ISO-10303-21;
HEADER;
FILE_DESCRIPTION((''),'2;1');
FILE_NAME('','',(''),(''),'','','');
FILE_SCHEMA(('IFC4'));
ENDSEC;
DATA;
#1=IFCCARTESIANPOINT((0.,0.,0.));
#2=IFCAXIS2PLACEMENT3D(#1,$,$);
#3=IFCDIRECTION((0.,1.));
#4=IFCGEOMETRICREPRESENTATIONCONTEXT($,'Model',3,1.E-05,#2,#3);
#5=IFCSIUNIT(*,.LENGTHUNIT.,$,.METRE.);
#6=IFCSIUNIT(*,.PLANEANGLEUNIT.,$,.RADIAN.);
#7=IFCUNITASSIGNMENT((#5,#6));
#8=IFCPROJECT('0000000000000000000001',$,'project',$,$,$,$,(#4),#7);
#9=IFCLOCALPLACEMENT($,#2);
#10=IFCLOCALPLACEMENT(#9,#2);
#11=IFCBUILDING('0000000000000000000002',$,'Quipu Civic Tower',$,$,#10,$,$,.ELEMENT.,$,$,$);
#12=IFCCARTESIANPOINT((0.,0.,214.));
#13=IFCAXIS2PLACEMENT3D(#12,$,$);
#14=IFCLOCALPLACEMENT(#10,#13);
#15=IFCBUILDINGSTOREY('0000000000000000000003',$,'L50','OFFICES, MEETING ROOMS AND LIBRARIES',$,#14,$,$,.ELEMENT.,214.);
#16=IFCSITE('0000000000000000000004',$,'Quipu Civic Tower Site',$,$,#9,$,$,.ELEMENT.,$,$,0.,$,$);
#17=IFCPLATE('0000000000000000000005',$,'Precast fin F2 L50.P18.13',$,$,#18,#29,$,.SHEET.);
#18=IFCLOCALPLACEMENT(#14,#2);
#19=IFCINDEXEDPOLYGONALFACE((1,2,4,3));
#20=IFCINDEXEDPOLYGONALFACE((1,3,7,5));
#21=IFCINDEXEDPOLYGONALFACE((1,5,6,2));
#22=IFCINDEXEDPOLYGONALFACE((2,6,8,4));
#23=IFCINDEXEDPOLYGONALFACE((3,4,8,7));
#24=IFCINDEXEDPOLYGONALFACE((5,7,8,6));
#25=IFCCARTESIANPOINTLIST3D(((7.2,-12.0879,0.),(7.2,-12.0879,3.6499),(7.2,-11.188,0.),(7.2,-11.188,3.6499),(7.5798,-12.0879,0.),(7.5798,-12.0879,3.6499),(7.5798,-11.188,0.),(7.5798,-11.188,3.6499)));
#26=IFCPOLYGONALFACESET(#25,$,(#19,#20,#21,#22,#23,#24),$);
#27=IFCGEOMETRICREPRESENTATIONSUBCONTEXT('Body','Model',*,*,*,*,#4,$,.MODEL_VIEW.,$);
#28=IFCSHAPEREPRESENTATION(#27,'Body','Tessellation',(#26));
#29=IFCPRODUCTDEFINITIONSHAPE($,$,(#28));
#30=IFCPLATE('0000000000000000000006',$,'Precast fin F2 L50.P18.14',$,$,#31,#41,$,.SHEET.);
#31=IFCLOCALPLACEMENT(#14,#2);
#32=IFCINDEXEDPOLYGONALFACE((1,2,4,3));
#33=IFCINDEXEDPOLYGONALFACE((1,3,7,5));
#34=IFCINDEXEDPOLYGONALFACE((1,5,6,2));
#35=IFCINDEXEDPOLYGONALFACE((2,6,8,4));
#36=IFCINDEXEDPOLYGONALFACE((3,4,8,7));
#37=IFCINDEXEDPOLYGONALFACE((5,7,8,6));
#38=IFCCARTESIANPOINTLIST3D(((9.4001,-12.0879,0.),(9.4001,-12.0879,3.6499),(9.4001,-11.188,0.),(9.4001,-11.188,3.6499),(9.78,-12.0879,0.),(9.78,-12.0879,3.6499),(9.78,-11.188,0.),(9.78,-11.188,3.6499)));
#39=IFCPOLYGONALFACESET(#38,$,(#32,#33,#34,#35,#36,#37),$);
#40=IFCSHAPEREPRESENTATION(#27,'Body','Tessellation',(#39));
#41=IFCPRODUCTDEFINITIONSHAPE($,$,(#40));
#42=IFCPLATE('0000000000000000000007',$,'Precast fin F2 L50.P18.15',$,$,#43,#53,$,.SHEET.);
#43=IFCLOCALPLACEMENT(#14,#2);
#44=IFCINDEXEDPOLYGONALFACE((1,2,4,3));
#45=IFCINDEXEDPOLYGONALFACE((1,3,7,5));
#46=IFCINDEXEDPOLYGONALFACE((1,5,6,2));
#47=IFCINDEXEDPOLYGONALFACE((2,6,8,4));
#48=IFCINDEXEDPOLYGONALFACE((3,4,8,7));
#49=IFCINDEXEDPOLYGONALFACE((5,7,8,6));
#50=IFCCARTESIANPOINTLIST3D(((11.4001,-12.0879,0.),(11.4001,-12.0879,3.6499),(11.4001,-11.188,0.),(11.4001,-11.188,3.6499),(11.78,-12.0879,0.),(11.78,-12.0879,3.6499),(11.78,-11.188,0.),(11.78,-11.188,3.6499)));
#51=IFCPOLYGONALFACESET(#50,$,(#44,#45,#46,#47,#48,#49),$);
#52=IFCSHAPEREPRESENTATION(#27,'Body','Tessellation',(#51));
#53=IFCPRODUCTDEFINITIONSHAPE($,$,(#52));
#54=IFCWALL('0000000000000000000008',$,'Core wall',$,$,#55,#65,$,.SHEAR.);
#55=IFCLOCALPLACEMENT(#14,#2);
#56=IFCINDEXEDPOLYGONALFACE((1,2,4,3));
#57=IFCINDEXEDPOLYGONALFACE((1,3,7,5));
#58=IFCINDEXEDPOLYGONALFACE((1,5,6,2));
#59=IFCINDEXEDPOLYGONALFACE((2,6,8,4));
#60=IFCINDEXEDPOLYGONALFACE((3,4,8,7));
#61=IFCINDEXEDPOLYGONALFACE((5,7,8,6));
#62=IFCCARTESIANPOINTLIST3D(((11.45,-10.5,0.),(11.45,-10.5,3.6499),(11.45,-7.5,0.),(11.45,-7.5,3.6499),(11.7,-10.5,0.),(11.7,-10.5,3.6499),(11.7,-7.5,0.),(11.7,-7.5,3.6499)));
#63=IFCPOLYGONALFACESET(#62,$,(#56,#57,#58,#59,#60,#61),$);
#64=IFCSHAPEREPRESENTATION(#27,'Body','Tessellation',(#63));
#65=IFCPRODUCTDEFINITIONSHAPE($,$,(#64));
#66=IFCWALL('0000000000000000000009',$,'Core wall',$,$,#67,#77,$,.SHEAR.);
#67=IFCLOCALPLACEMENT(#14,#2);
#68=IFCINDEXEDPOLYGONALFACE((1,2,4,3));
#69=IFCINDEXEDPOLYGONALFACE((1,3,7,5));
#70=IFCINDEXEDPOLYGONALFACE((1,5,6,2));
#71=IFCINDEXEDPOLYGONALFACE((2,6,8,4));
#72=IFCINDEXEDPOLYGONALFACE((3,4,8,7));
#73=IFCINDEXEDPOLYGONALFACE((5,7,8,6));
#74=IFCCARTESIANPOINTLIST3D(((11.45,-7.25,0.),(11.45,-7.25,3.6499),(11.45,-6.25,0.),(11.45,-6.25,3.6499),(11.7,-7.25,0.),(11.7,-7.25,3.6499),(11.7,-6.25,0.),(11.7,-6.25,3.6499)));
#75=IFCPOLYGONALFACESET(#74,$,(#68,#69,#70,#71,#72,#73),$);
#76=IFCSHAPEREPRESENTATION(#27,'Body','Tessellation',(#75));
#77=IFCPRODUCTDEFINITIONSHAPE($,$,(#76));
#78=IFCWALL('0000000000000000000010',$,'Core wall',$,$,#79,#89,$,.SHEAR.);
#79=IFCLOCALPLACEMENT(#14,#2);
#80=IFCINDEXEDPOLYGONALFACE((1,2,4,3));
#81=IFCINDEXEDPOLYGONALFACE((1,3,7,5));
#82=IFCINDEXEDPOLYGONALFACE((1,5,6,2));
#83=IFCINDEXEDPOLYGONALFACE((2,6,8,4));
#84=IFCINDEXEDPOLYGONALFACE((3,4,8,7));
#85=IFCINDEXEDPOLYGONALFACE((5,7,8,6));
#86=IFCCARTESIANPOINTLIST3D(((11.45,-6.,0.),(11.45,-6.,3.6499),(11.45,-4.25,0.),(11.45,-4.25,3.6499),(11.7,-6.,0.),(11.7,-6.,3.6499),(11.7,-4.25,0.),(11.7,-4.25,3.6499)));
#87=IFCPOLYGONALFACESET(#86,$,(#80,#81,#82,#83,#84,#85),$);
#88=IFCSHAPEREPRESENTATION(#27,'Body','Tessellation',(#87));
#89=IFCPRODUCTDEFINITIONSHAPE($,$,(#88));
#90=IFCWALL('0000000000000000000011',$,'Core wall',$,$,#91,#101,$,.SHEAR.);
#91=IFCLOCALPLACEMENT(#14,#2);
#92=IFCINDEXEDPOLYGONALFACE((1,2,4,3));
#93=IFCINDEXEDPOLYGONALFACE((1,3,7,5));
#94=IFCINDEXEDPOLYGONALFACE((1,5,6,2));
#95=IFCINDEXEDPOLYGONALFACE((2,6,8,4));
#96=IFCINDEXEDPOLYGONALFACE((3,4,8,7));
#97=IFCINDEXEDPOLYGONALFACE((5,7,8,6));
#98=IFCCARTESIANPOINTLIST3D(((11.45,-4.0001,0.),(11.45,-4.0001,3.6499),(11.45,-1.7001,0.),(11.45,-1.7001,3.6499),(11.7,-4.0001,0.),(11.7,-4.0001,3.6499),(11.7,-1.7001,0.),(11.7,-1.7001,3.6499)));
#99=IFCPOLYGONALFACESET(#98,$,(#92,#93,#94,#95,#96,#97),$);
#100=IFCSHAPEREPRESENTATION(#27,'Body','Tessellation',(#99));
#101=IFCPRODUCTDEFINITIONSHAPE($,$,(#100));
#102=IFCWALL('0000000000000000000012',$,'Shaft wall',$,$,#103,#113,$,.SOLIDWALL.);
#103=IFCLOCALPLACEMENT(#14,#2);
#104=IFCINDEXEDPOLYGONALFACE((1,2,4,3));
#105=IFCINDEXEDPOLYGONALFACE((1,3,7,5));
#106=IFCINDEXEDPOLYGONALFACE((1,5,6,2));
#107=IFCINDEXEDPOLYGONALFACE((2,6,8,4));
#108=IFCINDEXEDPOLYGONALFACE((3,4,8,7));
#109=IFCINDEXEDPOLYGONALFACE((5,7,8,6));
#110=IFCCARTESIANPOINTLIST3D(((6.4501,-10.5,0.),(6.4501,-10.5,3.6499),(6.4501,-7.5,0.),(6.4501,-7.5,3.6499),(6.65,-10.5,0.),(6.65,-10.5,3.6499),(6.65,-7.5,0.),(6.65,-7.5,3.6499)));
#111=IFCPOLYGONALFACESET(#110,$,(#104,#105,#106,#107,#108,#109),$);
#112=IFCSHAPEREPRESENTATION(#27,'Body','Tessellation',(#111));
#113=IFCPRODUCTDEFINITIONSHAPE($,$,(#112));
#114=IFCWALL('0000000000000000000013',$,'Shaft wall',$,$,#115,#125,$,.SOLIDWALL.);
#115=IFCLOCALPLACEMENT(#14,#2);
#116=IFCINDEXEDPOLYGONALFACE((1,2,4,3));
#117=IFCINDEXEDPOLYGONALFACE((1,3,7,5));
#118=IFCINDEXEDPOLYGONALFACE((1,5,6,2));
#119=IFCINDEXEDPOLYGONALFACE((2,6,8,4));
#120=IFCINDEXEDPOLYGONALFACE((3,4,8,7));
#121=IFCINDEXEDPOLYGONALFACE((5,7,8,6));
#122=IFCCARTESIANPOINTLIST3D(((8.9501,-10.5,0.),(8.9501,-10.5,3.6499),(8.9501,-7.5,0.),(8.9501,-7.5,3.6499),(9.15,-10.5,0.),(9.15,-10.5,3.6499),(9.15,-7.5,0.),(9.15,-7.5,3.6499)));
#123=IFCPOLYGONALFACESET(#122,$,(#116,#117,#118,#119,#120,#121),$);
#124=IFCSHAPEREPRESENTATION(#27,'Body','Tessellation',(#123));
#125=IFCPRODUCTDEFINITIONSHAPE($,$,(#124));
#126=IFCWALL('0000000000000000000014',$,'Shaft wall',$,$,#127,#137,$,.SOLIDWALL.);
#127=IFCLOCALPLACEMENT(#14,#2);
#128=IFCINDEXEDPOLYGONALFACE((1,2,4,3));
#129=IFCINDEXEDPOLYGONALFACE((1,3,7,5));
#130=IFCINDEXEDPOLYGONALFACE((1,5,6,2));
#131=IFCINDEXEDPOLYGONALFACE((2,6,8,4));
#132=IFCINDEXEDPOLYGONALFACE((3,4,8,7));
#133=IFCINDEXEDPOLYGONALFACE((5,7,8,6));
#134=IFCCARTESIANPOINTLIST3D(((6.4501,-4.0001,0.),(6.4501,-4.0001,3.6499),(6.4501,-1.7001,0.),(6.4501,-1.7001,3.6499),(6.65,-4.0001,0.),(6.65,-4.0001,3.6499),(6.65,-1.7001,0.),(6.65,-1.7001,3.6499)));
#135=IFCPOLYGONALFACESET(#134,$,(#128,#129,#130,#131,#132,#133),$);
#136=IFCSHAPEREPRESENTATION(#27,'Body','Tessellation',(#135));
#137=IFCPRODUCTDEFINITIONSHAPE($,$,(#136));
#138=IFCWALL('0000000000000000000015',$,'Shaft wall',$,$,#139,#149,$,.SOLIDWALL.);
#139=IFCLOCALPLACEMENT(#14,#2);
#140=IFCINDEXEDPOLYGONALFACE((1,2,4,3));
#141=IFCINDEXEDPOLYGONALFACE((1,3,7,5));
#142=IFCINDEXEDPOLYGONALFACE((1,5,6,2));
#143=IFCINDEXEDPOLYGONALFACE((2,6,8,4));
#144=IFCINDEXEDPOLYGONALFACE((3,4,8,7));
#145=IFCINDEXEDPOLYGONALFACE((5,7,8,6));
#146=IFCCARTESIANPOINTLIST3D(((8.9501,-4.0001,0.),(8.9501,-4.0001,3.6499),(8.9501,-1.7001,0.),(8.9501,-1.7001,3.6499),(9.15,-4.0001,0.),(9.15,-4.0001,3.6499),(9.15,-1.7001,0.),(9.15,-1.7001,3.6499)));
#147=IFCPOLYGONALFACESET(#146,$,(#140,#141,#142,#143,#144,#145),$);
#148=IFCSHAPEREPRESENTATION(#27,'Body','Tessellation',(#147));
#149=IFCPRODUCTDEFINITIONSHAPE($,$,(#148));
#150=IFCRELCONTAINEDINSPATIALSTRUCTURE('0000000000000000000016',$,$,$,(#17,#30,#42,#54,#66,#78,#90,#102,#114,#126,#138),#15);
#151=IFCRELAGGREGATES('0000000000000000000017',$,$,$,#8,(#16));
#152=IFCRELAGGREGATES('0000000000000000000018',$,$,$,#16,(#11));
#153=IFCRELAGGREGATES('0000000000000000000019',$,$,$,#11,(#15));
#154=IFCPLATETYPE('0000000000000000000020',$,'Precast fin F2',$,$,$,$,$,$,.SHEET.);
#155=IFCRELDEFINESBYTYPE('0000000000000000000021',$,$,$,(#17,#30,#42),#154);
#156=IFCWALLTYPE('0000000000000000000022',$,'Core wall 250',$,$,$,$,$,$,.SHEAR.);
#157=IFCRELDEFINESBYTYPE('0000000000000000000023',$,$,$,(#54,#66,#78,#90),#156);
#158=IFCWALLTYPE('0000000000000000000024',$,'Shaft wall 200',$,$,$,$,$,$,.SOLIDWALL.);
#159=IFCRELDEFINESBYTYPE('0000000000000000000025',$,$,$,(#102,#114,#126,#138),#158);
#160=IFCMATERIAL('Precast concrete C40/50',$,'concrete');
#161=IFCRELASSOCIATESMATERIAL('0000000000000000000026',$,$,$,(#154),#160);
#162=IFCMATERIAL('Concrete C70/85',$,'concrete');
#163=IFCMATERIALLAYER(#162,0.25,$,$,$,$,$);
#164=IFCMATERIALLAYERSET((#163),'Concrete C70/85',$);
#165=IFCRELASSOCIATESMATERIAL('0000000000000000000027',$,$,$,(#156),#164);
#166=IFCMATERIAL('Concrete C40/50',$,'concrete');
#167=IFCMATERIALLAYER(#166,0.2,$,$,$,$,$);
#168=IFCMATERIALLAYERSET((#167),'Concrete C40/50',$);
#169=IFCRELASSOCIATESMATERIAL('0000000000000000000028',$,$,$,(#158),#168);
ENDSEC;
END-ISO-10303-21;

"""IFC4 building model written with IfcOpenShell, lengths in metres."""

from ifc_helpers import new_model, si_unit, direction, frame, frame_2d, origin, origin_2d, place, context, subcontext, project, spatial, rectangle, extrude, material, layer, layer_set, type_object, element, save


model = new_model("IFC4")

# Units and contexts
model_context = context("Model", 3, precision=1e-05, world=origin(), true_north=direction((0.0, 1.0)))
body_context = subcontext(model_context, "Body", "Model", "MODEL_VIEW")
ifc_project = project(units=[si_unit("LENGTHUNIT", "METRE"), si_unit("PLANEANGLEUNIT", "RADIAN")], contexts=[model_context])

# Site, building, storey
site_placement = place(None, origin())
site = spatial("IfcSite", under=ifc_project, at=site_placement, Name="Quipu Civic Tower Site", CompositionType="ELEMENT", RefElevation=0.0)
building_placement = place(site_placement, origin())
building = spatial("IfcBuilding", under=site, at=building_placement, Name="Quipu Civic Tower", CompositionType="ELEMENT")
storey_placement = place(building_placement, frame((0.0, 0.0, 214.0)))
storey = spatial("IfcBuildingStorey", under=building, at=storey_placement, Name="L50", Description="OFFICES, MEETING ROOMS AND LIBRARIES", CompositionType="ELEMENT", Elevation=214.0)

# Plates
ifc_material_1 = material(Name="Precast concrete C40/50", Category="concrete")
plate_type = type_object("IfcPlateType", Name="Precast fin F2", PredefinedType="SHEET", material=ifc_material_1)
for number, where, z_axis, x_axis, name in (
    (1, (7.3899, -11.6379, 0.0), (0.0, 0.0, 1.0), (1.0, 0.0, 0.0), "Precast fin F2 L50.P18.13"),
    (2, (9.5901, -11.6379, 0.0), (0.0, 0.0, 1.0), (1.0, 0.0, 0.0), "Precast fin F2 L50.P18.14"),
    (3, (11.5901, -11.6379, 0.0), (0.0, 0.0, 1.0), (1.0, 0.0, 0.0), "Precast fin F2 L50.P18.15"),
):
    element("IfcPlate", number, at=place(storey_placement, frame(where, z_axis=z_axis, x_axis=x_axis)), inside=storey, type_object=plate_type, Name=name, PredefinedType="SHEET", context=body_context, shape_type="SweptSolid", body=[
        extrude(rectangle(XDim=0.3799, YDim=0.8999, at=origin_2d()), origin(), (0.0, 0.0, 1.0), 3.6499),
    ])

# Walls
ifc_material_2 = material(Name="Concrete C70/85", Category="concrete")
ifc_layer_1 = layer(ifc_material_2, 0.25)
ifc_layer_set_1 = layer_set([ifc_layer_1], Name="Concrete C70/85")
wall_type_1 = type_object("IfcWallType", Name="Core wall 250", PredefinedType="SHEAR", material=ifc_layer_set_1)
wall_1_placement = place(storey_placement, frame((11.575, -10.5, 0.0), z_axis=(0.0, 0.0, 1.0), x_axis=(0.0, 1.0, 0.0)))
element("IfcWall", 4, at=wall_1_placement, inside=storey, type_object=wall_type_1, Name="Core wall", PredefinedType="SHEAR", context=body_context, shape_type="SweptSolid", body=[
    extrude(rectangle(XDim=3.0, YDim=0.25, at=frame_2d((1.5, 0.0))), origin(), (0.0, 0.0, 1.0), 3.6499),
])
wall_2_placement = place(storey_placement, frame((11.575, -7.25, 0.0), z_axis=(0.0, 0.0, 1.0), x_axis=(0.0, 1.0, 0.0)))
element("IfcWall", 5, at=wall_2_placement, inside=storey, type_object=wall_type_1, Name="Core wall", PredefinedType="SHEAR", context=body_context, shape_type="SweptSolid", body=[
    extrude(rectangle(XDim=1.0, YDim=0.25, at=frame_2d((0.5, 0.0))), origin(), (0.0, 0.0, 1.0), 3.6499),
])
wall_3_placement = place(storey_placement, frame((11.575, -6.0, 0.0), z_axis=(0.0, 0.0, 1.0), x_axis=(0.0, 1.0, 0.0)))
element("IfcWall", 6, at=wall_3_placement, inside=storey, type_object=wall_type_1, Name="Core wall", PredefinedType="SHEAR", context=body_context, shape_type="SweptSolid", body=[
    extrude(rectangle(XDim=1.75, YDim=0.25, at=frame_2d((0.875, 0.0))), origin(), (0.0, 0.0, 1.0), 3.6499),
])
wall_4_placement = place(storey_placement, frame((11.575, -4.0, 0.0), z_axis=(0.0, 0.0, 1.0), x_axis=(0.0, 1.0, 0.0)))
element("IfcWall", 7, at=wall_4_placement, inside=storey, type_object=wall_type_1, Name="Core wall", PredefinedType="SHEAR", context=body_context, shape_type="SweptSolid", body=[
    extrude(rectangle(XDim=2.3, YDim=0.25, at=frame_2d((1.1499, 0.0))), origin(), (0.0, 0.0, 1.0), 3.6499),
])
ifc_material_3 = material(Name="Concrete C40/50", Category="concrete")
ifc_layer_2 = layer(ifc_material_3, 0.2)
ifc_layer_set_2 = layer_set([ifc_layer_2], Name="Concrete C40/50")
wall_type_2 = type_object("IfcWallType", Name="Shaft wall 200", PredefinedType="SOLIDWALL", material=ifc_layer_set_2)
for number, where, z_axis, x_axis, name in (
    (8, (6.55, -10.5, 0.0), (0.0, 0.0, 1.0), (0.0, 1.0, 0.0), "Shaft wall"),
    (9, (9.05, -10.5, 0.0), (0.0, 0.0, 1.0), (0.0, 1.0, 0.0), "Shaft wall"),
):
    element("IfcWall", number, at=place(storey_placement, frame(where, z_axis=z_axis, x_axis=x_axis)), inside=storey, type_object=wall_type_2, Name=name, PredefinedType="SOLIDWALL", context=body_context, shape_type="SweptSolid", body=[
        extrude(rectangle(XDim=3.0, YDim=0.2, at=frame_2d((1.5, 0.0))), origin(), (0.0, 0.0, 1.0), 3.6499),
    ])
for number, where, z_axis, x_axis, name in (
    (10, (6.55, -4.0, 0.0), (0.0, 0.0, 1.0), (0.0, 1.0, 0.0), "Shaft wall"),
    (11, (9.05, -4.0, 0.0), (0.0, 0.0, 1.0), (0.0, 1.0, 0.0), "Shaft wall"),
):
    element("IfcWall", number, at=place(storey_placement, frame(where, z_axis=z_axis, x_axis=x_axis)), inside=storey, type_object=wall_type_2, Name=name, PredefinedType="SOLIDWALL", context=body_context, shape_type="SweptSolid", body=[
        extrude(rectangle(XDim=2.3, YDim=0.2, at=frame_2d((1.1499, 0.0))), origin(), (0.0, 0.0, 1.0), 3.6499),
    ])

save(model, "model.ifc")
